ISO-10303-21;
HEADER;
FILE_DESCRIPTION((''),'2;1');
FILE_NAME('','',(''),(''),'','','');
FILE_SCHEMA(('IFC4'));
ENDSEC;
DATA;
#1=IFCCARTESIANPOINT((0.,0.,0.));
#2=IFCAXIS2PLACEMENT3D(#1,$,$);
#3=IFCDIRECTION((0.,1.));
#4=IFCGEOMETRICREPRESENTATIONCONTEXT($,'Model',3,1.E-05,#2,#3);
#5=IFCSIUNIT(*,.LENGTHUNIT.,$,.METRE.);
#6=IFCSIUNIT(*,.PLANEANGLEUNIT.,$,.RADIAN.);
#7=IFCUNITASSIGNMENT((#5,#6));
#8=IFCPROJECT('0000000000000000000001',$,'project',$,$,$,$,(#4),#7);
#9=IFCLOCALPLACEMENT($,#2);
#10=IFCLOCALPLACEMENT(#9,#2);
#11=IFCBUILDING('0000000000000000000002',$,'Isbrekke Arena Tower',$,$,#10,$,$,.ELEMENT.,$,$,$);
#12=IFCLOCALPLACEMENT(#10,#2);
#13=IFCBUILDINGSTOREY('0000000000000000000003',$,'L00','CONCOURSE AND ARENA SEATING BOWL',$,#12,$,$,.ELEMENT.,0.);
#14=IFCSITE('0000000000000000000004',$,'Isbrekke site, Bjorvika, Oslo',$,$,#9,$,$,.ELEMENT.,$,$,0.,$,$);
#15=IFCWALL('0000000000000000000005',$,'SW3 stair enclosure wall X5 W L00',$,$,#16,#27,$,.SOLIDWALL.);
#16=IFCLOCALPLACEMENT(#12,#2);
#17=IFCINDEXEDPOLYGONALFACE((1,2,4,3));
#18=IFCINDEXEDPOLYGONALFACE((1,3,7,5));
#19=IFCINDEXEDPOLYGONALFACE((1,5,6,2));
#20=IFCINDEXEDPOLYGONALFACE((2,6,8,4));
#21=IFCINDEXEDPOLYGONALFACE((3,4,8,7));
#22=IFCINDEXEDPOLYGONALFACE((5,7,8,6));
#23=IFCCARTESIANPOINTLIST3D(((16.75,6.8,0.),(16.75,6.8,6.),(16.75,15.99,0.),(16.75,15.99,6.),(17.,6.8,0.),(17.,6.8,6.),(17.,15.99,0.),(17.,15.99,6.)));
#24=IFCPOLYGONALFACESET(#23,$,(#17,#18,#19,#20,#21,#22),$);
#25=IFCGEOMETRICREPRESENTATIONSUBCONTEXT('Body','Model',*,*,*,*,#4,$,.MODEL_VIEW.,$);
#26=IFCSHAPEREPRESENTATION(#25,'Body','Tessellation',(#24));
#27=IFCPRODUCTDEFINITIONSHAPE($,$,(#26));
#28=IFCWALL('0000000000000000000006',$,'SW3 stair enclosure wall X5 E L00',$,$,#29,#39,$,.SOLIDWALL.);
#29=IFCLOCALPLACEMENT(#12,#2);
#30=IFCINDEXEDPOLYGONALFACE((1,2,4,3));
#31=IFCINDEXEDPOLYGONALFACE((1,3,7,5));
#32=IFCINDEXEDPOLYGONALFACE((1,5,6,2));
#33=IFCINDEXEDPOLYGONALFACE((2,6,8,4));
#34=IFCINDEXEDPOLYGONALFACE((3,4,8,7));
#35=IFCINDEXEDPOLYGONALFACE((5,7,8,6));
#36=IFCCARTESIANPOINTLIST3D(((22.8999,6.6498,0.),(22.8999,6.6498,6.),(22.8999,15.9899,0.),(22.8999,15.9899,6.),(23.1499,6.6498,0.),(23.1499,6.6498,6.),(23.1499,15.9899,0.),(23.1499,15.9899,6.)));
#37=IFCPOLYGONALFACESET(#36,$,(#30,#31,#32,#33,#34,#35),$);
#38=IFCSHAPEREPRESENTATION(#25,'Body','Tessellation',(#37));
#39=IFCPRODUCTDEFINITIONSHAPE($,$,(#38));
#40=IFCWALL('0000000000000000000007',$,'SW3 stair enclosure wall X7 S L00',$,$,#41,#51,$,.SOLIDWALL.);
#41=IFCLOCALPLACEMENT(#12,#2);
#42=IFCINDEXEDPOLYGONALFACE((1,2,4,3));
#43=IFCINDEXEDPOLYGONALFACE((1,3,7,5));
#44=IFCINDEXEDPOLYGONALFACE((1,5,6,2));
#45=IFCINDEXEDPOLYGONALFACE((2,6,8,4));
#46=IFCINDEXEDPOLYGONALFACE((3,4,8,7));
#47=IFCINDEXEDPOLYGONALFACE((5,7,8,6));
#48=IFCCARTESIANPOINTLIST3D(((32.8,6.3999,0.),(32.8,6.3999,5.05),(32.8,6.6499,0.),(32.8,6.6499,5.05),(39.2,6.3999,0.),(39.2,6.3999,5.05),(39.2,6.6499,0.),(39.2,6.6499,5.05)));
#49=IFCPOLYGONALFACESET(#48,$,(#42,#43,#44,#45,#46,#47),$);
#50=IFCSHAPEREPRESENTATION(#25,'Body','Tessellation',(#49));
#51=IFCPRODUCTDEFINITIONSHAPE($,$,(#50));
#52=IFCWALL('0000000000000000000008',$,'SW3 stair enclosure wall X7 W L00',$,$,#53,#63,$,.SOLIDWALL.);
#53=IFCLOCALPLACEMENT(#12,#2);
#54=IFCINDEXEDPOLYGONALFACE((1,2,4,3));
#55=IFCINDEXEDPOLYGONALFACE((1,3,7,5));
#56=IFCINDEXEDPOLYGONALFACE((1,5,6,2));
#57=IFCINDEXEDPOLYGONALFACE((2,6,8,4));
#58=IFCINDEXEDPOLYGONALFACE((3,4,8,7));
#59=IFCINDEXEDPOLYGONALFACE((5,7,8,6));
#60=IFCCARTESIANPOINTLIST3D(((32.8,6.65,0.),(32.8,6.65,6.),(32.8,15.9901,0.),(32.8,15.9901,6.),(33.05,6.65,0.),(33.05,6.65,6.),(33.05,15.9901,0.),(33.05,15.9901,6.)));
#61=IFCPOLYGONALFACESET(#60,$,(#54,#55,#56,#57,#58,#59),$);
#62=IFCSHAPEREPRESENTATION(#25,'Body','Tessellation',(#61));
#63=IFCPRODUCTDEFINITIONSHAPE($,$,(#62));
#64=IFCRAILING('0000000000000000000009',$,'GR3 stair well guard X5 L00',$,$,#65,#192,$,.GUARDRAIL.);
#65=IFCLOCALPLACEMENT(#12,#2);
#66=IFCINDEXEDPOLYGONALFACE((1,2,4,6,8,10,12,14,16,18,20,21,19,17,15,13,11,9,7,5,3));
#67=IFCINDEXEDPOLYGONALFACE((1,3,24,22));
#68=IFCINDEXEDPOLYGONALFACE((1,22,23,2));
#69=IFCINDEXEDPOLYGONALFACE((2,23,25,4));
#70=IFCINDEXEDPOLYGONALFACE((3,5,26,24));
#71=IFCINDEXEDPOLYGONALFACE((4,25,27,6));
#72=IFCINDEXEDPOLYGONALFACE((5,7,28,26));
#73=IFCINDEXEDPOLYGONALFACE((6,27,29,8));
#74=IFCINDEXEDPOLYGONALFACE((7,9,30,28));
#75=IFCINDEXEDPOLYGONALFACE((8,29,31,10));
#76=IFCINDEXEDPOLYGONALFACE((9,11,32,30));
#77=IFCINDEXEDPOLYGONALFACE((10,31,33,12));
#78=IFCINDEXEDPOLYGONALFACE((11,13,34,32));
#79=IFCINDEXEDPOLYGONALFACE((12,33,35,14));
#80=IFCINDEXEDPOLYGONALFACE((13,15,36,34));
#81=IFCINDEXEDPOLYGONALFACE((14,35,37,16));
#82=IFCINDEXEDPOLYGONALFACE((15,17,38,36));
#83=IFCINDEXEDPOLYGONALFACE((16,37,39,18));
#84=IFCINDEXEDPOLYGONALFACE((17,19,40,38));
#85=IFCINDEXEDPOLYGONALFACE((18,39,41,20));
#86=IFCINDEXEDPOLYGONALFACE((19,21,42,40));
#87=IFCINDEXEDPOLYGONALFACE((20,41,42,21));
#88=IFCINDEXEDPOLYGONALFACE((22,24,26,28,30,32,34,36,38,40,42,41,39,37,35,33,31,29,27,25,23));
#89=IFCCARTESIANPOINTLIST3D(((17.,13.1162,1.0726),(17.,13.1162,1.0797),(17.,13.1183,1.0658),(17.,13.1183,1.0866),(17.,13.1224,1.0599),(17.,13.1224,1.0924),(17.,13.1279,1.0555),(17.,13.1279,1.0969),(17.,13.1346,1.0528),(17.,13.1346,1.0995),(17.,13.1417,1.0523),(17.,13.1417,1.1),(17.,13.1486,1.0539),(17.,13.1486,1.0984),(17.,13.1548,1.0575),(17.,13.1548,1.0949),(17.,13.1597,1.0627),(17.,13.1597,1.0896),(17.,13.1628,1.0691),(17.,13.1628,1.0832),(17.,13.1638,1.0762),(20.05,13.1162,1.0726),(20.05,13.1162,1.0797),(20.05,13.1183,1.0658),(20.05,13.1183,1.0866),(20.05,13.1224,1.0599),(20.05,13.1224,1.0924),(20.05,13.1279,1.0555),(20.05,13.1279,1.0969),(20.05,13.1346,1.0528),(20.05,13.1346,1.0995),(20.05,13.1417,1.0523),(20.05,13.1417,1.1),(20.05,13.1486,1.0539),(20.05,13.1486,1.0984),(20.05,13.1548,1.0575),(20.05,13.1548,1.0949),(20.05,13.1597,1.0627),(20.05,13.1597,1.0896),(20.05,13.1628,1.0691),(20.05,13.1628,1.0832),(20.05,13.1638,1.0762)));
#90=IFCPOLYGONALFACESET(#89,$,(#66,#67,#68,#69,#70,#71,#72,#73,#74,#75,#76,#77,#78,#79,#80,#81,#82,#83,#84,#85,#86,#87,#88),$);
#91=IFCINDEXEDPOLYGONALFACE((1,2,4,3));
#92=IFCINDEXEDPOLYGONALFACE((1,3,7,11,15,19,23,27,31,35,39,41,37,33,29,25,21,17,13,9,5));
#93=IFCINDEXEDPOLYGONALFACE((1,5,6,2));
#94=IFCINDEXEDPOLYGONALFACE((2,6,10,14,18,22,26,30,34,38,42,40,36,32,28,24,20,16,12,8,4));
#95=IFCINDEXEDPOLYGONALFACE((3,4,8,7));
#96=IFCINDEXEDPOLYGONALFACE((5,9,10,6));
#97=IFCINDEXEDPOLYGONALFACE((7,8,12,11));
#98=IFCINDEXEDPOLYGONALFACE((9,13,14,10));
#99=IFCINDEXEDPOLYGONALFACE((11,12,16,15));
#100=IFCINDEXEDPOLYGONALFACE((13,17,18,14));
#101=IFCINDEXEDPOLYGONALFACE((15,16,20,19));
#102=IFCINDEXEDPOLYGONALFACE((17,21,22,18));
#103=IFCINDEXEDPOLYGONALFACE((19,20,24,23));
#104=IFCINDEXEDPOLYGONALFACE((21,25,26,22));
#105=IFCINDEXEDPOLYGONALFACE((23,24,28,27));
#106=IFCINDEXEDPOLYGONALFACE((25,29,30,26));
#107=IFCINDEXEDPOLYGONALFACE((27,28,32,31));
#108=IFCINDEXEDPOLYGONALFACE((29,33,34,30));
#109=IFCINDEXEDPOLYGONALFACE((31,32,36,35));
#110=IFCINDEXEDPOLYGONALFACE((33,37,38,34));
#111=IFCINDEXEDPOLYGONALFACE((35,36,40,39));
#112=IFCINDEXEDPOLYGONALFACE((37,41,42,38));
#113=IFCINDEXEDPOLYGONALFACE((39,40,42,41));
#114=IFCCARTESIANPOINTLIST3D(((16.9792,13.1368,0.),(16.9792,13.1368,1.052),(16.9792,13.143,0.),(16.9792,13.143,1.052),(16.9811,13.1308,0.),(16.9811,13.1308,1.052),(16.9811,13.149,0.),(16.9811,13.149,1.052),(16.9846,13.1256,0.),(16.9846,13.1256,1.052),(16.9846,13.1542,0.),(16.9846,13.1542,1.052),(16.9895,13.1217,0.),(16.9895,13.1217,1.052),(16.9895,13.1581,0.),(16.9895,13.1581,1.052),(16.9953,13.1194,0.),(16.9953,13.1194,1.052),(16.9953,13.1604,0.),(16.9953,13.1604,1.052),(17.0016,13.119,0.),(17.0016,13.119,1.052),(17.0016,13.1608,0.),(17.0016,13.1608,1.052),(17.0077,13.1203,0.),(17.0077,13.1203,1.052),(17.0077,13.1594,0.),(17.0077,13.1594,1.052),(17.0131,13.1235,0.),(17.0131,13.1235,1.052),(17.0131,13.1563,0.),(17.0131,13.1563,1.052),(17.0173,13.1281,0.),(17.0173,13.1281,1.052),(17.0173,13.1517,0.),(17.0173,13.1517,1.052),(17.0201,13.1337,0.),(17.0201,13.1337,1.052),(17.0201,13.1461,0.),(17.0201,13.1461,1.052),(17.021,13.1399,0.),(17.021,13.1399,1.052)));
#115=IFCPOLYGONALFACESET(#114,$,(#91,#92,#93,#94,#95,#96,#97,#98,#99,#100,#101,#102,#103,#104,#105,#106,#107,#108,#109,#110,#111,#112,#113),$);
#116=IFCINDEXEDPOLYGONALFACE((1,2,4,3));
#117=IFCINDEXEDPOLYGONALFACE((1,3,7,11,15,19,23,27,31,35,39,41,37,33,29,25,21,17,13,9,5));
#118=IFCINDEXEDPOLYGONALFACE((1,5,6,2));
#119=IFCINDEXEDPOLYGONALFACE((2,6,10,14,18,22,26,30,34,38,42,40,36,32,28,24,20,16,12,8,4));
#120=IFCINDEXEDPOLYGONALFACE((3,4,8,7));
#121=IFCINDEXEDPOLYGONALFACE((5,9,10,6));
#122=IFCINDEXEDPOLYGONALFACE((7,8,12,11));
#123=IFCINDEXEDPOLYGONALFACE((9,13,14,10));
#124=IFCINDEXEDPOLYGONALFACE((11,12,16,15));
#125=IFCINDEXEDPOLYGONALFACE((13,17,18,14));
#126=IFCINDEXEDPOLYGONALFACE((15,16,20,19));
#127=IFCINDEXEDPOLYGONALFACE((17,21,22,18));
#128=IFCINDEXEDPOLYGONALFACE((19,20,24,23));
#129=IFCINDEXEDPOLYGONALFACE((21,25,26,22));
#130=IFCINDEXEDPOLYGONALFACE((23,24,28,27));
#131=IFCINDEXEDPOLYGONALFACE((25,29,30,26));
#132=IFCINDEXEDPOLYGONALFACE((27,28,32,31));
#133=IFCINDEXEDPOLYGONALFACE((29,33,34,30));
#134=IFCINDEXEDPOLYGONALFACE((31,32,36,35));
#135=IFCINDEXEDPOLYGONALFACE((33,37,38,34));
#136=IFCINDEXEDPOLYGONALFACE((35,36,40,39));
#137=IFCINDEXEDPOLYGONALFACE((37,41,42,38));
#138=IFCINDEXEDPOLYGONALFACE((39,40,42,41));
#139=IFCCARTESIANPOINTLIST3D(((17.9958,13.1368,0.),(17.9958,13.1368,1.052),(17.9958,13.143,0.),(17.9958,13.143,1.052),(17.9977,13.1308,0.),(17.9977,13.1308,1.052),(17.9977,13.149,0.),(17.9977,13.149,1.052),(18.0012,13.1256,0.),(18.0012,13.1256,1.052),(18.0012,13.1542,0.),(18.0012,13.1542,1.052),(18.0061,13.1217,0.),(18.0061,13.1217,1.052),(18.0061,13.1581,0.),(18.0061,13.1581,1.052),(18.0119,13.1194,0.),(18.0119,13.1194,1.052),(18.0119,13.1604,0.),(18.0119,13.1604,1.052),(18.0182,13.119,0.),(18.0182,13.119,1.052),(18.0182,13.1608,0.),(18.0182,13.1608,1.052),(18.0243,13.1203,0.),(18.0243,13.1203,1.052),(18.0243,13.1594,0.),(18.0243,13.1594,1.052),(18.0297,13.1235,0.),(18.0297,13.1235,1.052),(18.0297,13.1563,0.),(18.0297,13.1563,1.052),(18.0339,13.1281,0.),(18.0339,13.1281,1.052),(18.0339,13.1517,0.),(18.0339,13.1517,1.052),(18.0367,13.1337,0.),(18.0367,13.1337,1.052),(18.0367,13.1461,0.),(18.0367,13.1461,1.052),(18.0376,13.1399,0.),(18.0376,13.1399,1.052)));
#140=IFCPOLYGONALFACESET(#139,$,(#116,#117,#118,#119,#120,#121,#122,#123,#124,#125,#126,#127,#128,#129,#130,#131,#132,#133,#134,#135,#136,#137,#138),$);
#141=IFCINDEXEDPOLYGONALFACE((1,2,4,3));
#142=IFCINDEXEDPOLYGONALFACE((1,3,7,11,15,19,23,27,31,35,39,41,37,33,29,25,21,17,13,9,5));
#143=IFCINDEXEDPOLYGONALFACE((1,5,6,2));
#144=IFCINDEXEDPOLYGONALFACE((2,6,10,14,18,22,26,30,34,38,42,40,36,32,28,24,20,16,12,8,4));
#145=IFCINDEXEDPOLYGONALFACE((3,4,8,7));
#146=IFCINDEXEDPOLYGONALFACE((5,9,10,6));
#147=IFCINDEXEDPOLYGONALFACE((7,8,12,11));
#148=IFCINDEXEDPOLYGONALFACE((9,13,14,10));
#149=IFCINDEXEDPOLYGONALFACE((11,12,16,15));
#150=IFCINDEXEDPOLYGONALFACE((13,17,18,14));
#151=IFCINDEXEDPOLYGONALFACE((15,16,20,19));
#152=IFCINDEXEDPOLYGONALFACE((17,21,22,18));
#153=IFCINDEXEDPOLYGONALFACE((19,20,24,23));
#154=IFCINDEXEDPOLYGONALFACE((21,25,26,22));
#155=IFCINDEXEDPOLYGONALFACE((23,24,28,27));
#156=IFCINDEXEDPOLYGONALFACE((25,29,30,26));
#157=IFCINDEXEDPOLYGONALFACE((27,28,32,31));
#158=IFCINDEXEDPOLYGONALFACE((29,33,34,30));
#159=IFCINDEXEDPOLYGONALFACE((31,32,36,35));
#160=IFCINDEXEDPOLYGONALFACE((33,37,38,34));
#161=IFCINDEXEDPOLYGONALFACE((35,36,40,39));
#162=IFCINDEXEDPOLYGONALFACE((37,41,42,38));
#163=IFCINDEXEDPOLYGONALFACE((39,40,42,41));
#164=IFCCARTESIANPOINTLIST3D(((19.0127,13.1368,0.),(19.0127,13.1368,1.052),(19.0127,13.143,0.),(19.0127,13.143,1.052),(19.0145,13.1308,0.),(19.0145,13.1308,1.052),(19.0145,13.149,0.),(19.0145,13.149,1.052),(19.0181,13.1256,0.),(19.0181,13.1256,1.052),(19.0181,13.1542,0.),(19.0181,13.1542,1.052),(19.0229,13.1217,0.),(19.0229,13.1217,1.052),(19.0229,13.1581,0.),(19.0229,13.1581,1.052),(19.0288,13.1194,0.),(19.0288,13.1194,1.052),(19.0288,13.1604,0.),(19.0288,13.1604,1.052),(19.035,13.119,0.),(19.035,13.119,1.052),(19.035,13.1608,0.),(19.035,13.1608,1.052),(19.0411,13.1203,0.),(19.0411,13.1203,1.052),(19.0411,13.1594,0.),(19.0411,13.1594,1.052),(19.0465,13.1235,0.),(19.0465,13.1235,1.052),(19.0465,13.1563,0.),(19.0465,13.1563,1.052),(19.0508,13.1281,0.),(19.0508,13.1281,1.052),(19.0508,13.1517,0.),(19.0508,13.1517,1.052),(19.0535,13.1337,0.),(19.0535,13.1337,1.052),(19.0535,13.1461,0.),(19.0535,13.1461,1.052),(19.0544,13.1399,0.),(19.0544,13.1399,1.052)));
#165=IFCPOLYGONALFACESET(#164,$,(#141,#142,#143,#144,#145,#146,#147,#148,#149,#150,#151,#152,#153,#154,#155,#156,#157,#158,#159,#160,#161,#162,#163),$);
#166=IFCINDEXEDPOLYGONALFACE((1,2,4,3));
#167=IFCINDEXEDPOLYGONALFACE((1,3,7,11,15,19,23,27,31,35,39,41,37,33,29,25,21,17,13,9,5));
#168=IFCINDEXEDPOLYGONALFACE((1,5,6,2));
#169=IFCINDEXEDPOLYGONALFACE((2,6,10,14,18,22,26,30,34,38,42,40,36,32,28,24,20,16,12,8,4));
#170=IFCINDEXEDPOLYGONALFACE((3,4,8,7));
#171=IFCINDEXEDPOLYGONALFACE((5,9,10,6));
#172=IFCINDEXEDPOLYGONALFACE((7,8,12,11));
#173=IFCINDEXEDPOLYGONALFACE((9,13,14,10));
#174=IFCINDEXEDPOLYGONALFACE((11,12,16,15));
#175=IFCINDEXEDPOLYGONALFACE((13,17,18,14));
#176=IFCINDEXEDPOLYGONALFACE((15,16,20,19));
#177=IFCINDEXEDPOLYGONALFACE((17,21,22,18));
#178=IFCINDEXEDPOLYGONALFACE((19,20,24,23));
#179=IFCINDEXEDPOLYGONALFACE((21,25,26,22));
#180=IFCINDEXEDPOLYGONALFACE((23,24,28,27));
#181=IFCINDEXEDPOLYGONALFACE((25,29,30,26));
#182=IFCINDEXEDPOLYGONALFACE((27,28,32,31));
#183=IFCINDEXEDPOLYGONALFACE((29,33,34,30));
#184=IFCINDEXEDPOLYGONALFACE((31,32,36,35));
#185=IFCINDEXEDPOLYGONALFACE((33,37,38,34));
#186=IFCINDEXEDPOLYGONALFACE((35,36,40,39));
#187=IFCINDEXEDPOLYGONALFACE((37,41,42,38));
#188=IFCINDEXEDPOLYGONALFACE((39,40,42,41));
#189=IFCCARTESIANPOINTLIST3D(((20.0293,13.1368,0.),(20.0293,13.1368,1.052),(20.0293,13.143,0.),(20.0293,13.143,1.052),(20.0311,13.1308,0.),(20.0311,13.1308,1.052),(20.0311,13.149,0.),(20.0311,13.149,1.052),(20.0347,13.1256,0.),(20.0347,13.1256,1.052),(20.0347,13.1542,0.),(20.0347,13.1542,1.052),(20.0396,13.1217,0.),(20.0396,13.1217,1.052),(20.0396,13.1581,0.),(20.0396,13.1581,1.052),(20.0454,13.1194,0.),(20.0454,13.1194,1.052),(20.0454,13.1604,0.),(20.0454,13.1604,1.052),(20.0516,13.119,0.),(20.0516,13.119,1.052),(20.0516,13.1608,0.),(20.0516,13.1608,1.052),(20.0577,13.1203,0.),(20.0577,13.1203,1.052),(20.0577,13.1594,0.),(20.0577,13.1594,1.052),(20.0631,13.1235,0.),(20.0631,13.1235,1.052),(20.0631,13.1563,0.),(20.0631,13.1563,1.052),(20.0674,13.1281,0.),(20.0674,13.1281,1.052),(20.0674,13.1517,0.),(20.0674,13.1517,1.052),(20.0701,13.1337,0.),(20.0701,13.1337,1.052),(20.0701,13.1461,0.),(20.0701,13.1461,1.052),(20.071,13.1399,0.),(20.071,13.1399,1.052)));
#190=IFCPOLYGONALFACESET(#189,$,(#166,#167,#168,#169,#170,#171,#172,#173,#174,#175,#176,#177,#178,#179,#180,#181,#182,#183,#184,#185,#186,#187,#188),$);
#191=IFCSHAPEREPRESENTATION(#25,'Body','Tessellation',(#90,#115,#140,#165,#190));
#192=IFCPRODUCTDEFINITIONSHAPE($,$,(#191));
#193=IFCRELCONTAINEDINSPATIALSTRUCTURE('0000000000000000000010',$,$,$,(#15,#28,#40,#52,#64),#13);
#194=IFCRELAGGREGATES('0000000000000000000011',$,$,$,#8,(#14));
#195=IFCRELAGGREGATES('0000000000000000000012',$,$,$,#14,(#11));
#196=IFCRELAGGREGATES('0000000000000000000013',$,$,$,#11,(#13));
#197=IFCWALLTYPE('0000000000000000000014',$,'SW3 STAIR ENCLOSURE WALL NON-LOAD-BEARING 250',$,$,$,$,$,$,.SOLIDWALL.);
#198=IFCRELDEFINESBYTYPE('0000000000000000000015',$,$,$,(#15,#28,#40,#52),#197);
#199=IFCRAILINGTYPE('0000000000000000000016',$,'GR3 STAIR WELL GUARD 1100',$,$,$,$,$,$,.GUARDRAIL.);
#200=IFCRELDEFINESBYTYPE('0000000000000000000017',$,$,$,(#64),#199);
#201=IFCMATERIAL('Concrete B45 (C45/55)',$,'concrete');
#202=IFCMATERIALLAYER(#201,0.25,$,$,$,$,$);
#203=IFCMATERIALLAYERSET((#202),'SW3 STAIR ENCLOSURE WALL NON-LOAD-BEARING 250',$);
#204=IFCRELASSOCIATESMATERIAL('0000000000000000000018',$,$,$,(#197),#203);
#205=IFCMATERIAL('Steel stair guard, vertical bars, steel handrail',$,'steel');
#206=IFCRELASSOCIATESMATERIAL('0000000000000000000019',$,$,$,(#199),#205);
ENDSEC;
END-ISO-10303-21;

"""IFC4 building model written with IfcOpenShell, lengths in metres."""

from ifc_helpers import new_model, si_unit, direction, frame, frame_2d, origin, origin_2d, place, context, subcontext, project, spatial, rectangle, circle, extrude, material, layer, layer_set, type_object, element, save


model = new_model("IFC4")

# Units and contexts
model_context = context("Model", 3, precision=1e-05, world=origin(), true_north=direction((0.0, 1.0)))
body_context = subcontext(model_context, "Body", "Model", "MODEL_VIEW")
ifc_project = project(units=[si_unit("LENGTHUNIT", "METRE"), si_unit("PLANEANGLEUNIT", "RADIAN")], contexts=[model_context])

# Site, building, storey
site_placement = place(None, origin())
site = spatial("IfcSite", under=ifc_project, at=site_placement, Name="Isbrekke site, Bjorvika, Oslo", CompositionType="ELEMENT", RefElevation=0.0)
building_placement = place(site_placement, origin())
building = spatial("IfcBuilding", under=site, at=building_placement, Name="Isbrekke Arena Tower", CompositionType="ELEMENT")
storey_placement = place(building_placement, origin())
storey = spatial("IfcBuildingStorey", under=building, at=storey_placement, Name="L00", Description="CONCOURSE AND ARENA SEATING BOWL", CompositionType="ELEMENT", Elevation=0.0)

# Shared definitions
ifc_material_1 = material(Name="Concrete B45 (C45/55)", Category="concrete")
ifc_layer = layer(ifc_material_1, 0.25)
ifc_layer_set = layer_set([ifc_layer], Name="SW3 STAIR ENCLOSURE WALL NON-LOAD-BEARING 250")
wall_type = type_object("IfcWallType", Name="SW3 STAIR ENCLOSURE WALL NON-LOAD-BEARING 250", PredefinedType="SOLIDWALL", material=ifc_layer_set)

# Walls
wall_1_placement = place(storey_placement, frame((16.875, 15.99, 0.0), z_axis=(0.0, 0.0, 1.0), x_axis=(0.0, -1.0, 0.0)))
element("IfcWall", 1, at=wall_1_placement, inside=storey, type_object=wall_type, Name="SW3 stair enclosure wall X5 W L00", PredefinedType="SOLIDWALL", context=body_context, shape_type="SweptSolid", body=[
    extrude(rectangle(XDim=9.1899, YDim=0.25, at=frame_2d((4.595, 0.0))), origin(), (0.0, 0.0, 1.0), 6.0),
])
wall_2_placement = place(storey_placement, frame((23.0249, 6.6499, 0.0), z_axis=(0.0, 0.0, 1.0), x_axis=(0.0, 1.0, 0.0)))
element("IfcWall", 2, at=wall_2_placement, inside=storey, type_object=wall_type, Name="SW3 stair enclosure wall X5 E L00", PredefinedType="SOLIDWALL", context=body_context, shape_type="SweptSolid", body=[
    extrude(rectangle(XDim=9.3401, YDim=0.25, at=frame_2d((4.6699, 0.0))), origin(), (0.0, 0.0, 1.0), 6.0),
])
wall_3_placement = place(storey_placement, frame((32.8, 6.5249, 0.0), z_axis=(0.0, 0.0, 1.0), x_axis=(1.0, 0.0, 0.0)))
element("IfcWall", 3, at=wall_3_placement, inside=storey, type_object=wall_type, Name="SW3 stair enclosure wall X7 S L00", PredefinedType="SOLIDWALL", context=body_context, shape_type="SweptSolid", body=[
    extrude(rectangle(XDim=6.3999, YDim=0.25, at=frame_2d((3.2, 0.0))), origin(), (0.0, 0.0, 1.0), 5.05),
])
wall_4_placement = place(storey_placement, frame((32.925, 15.99, 0.0), z_axis=(0.0, 0.0, 1.0), x_axis=(0.0, -1.0, 0.0)))
element("IfcWall", 4, at=wall_4_placement, inside=storey, type_object=wall_type, Name="SW3 stair enclosure wall X7 W L00", PredefinedType="SOLIDWALL", context=body_context, shape_type="SweptSolid", body=[
    extrude(rectangle(XDim=9.3401, YDim=0.25, at=frame_2d((4.6699, 0.0))), origin(), (0.0, 0.0, 1.0), 6.0),
])

# Railing
ifc_material_2 = material(Name="Steel stair guard, vertical bars, steel handrail", Category="steel")
railing_type = type_object("IfcRailingType", Name="GR3 STAIR WELL GUARD 1100", PredefinedType="GUARDRAIL", material=ifc_material_2)
for number, where, name in (
    (5, (17.0, 13.1399, 0.0), "GR3 stair well guard X5 L00"),
):
    element("IfcRailing", number, at=place(storey_placement, frame(where)), inside=storey, type_object=railing_type, Name=name, PredefinedType="GUARDRAIL", context=body_context, shape_type="SweptSolid", body=[
        extrude(circle(Radius=0.0239, at=origin_2d()), frame((0.0, 0.0, 1.0762), z_axis=(1.0, 0.0, 0.0), x_axis=(0.0, 1.0, 0.0)), (0.0, 0.0, 1.0), 3.05),
        extrude(circle(Radius=0.021, at=origin_2d()), origin(), (0.0, 0.0, 1.0), 1.052),
        extrude(circle(Radius=0.021, at=origin_2d()), frame((1.0166, 0.0, 0.0)), (0.0, 0.0, 1.0), 1.052),
        extrude(circle(Radius=0.021, at=origin_2d()), frame((2.0334, 0.0, 0.0)), (0.0, 0.0, 1.0), 1.052),
        extrude(circle(Radius=0.021, at=origin_2d()), frame((3.05, 0.0, 0.0)), (0.0, 0.0, 1.0), 1.052),
    ])

save(model, "model.ifc")
